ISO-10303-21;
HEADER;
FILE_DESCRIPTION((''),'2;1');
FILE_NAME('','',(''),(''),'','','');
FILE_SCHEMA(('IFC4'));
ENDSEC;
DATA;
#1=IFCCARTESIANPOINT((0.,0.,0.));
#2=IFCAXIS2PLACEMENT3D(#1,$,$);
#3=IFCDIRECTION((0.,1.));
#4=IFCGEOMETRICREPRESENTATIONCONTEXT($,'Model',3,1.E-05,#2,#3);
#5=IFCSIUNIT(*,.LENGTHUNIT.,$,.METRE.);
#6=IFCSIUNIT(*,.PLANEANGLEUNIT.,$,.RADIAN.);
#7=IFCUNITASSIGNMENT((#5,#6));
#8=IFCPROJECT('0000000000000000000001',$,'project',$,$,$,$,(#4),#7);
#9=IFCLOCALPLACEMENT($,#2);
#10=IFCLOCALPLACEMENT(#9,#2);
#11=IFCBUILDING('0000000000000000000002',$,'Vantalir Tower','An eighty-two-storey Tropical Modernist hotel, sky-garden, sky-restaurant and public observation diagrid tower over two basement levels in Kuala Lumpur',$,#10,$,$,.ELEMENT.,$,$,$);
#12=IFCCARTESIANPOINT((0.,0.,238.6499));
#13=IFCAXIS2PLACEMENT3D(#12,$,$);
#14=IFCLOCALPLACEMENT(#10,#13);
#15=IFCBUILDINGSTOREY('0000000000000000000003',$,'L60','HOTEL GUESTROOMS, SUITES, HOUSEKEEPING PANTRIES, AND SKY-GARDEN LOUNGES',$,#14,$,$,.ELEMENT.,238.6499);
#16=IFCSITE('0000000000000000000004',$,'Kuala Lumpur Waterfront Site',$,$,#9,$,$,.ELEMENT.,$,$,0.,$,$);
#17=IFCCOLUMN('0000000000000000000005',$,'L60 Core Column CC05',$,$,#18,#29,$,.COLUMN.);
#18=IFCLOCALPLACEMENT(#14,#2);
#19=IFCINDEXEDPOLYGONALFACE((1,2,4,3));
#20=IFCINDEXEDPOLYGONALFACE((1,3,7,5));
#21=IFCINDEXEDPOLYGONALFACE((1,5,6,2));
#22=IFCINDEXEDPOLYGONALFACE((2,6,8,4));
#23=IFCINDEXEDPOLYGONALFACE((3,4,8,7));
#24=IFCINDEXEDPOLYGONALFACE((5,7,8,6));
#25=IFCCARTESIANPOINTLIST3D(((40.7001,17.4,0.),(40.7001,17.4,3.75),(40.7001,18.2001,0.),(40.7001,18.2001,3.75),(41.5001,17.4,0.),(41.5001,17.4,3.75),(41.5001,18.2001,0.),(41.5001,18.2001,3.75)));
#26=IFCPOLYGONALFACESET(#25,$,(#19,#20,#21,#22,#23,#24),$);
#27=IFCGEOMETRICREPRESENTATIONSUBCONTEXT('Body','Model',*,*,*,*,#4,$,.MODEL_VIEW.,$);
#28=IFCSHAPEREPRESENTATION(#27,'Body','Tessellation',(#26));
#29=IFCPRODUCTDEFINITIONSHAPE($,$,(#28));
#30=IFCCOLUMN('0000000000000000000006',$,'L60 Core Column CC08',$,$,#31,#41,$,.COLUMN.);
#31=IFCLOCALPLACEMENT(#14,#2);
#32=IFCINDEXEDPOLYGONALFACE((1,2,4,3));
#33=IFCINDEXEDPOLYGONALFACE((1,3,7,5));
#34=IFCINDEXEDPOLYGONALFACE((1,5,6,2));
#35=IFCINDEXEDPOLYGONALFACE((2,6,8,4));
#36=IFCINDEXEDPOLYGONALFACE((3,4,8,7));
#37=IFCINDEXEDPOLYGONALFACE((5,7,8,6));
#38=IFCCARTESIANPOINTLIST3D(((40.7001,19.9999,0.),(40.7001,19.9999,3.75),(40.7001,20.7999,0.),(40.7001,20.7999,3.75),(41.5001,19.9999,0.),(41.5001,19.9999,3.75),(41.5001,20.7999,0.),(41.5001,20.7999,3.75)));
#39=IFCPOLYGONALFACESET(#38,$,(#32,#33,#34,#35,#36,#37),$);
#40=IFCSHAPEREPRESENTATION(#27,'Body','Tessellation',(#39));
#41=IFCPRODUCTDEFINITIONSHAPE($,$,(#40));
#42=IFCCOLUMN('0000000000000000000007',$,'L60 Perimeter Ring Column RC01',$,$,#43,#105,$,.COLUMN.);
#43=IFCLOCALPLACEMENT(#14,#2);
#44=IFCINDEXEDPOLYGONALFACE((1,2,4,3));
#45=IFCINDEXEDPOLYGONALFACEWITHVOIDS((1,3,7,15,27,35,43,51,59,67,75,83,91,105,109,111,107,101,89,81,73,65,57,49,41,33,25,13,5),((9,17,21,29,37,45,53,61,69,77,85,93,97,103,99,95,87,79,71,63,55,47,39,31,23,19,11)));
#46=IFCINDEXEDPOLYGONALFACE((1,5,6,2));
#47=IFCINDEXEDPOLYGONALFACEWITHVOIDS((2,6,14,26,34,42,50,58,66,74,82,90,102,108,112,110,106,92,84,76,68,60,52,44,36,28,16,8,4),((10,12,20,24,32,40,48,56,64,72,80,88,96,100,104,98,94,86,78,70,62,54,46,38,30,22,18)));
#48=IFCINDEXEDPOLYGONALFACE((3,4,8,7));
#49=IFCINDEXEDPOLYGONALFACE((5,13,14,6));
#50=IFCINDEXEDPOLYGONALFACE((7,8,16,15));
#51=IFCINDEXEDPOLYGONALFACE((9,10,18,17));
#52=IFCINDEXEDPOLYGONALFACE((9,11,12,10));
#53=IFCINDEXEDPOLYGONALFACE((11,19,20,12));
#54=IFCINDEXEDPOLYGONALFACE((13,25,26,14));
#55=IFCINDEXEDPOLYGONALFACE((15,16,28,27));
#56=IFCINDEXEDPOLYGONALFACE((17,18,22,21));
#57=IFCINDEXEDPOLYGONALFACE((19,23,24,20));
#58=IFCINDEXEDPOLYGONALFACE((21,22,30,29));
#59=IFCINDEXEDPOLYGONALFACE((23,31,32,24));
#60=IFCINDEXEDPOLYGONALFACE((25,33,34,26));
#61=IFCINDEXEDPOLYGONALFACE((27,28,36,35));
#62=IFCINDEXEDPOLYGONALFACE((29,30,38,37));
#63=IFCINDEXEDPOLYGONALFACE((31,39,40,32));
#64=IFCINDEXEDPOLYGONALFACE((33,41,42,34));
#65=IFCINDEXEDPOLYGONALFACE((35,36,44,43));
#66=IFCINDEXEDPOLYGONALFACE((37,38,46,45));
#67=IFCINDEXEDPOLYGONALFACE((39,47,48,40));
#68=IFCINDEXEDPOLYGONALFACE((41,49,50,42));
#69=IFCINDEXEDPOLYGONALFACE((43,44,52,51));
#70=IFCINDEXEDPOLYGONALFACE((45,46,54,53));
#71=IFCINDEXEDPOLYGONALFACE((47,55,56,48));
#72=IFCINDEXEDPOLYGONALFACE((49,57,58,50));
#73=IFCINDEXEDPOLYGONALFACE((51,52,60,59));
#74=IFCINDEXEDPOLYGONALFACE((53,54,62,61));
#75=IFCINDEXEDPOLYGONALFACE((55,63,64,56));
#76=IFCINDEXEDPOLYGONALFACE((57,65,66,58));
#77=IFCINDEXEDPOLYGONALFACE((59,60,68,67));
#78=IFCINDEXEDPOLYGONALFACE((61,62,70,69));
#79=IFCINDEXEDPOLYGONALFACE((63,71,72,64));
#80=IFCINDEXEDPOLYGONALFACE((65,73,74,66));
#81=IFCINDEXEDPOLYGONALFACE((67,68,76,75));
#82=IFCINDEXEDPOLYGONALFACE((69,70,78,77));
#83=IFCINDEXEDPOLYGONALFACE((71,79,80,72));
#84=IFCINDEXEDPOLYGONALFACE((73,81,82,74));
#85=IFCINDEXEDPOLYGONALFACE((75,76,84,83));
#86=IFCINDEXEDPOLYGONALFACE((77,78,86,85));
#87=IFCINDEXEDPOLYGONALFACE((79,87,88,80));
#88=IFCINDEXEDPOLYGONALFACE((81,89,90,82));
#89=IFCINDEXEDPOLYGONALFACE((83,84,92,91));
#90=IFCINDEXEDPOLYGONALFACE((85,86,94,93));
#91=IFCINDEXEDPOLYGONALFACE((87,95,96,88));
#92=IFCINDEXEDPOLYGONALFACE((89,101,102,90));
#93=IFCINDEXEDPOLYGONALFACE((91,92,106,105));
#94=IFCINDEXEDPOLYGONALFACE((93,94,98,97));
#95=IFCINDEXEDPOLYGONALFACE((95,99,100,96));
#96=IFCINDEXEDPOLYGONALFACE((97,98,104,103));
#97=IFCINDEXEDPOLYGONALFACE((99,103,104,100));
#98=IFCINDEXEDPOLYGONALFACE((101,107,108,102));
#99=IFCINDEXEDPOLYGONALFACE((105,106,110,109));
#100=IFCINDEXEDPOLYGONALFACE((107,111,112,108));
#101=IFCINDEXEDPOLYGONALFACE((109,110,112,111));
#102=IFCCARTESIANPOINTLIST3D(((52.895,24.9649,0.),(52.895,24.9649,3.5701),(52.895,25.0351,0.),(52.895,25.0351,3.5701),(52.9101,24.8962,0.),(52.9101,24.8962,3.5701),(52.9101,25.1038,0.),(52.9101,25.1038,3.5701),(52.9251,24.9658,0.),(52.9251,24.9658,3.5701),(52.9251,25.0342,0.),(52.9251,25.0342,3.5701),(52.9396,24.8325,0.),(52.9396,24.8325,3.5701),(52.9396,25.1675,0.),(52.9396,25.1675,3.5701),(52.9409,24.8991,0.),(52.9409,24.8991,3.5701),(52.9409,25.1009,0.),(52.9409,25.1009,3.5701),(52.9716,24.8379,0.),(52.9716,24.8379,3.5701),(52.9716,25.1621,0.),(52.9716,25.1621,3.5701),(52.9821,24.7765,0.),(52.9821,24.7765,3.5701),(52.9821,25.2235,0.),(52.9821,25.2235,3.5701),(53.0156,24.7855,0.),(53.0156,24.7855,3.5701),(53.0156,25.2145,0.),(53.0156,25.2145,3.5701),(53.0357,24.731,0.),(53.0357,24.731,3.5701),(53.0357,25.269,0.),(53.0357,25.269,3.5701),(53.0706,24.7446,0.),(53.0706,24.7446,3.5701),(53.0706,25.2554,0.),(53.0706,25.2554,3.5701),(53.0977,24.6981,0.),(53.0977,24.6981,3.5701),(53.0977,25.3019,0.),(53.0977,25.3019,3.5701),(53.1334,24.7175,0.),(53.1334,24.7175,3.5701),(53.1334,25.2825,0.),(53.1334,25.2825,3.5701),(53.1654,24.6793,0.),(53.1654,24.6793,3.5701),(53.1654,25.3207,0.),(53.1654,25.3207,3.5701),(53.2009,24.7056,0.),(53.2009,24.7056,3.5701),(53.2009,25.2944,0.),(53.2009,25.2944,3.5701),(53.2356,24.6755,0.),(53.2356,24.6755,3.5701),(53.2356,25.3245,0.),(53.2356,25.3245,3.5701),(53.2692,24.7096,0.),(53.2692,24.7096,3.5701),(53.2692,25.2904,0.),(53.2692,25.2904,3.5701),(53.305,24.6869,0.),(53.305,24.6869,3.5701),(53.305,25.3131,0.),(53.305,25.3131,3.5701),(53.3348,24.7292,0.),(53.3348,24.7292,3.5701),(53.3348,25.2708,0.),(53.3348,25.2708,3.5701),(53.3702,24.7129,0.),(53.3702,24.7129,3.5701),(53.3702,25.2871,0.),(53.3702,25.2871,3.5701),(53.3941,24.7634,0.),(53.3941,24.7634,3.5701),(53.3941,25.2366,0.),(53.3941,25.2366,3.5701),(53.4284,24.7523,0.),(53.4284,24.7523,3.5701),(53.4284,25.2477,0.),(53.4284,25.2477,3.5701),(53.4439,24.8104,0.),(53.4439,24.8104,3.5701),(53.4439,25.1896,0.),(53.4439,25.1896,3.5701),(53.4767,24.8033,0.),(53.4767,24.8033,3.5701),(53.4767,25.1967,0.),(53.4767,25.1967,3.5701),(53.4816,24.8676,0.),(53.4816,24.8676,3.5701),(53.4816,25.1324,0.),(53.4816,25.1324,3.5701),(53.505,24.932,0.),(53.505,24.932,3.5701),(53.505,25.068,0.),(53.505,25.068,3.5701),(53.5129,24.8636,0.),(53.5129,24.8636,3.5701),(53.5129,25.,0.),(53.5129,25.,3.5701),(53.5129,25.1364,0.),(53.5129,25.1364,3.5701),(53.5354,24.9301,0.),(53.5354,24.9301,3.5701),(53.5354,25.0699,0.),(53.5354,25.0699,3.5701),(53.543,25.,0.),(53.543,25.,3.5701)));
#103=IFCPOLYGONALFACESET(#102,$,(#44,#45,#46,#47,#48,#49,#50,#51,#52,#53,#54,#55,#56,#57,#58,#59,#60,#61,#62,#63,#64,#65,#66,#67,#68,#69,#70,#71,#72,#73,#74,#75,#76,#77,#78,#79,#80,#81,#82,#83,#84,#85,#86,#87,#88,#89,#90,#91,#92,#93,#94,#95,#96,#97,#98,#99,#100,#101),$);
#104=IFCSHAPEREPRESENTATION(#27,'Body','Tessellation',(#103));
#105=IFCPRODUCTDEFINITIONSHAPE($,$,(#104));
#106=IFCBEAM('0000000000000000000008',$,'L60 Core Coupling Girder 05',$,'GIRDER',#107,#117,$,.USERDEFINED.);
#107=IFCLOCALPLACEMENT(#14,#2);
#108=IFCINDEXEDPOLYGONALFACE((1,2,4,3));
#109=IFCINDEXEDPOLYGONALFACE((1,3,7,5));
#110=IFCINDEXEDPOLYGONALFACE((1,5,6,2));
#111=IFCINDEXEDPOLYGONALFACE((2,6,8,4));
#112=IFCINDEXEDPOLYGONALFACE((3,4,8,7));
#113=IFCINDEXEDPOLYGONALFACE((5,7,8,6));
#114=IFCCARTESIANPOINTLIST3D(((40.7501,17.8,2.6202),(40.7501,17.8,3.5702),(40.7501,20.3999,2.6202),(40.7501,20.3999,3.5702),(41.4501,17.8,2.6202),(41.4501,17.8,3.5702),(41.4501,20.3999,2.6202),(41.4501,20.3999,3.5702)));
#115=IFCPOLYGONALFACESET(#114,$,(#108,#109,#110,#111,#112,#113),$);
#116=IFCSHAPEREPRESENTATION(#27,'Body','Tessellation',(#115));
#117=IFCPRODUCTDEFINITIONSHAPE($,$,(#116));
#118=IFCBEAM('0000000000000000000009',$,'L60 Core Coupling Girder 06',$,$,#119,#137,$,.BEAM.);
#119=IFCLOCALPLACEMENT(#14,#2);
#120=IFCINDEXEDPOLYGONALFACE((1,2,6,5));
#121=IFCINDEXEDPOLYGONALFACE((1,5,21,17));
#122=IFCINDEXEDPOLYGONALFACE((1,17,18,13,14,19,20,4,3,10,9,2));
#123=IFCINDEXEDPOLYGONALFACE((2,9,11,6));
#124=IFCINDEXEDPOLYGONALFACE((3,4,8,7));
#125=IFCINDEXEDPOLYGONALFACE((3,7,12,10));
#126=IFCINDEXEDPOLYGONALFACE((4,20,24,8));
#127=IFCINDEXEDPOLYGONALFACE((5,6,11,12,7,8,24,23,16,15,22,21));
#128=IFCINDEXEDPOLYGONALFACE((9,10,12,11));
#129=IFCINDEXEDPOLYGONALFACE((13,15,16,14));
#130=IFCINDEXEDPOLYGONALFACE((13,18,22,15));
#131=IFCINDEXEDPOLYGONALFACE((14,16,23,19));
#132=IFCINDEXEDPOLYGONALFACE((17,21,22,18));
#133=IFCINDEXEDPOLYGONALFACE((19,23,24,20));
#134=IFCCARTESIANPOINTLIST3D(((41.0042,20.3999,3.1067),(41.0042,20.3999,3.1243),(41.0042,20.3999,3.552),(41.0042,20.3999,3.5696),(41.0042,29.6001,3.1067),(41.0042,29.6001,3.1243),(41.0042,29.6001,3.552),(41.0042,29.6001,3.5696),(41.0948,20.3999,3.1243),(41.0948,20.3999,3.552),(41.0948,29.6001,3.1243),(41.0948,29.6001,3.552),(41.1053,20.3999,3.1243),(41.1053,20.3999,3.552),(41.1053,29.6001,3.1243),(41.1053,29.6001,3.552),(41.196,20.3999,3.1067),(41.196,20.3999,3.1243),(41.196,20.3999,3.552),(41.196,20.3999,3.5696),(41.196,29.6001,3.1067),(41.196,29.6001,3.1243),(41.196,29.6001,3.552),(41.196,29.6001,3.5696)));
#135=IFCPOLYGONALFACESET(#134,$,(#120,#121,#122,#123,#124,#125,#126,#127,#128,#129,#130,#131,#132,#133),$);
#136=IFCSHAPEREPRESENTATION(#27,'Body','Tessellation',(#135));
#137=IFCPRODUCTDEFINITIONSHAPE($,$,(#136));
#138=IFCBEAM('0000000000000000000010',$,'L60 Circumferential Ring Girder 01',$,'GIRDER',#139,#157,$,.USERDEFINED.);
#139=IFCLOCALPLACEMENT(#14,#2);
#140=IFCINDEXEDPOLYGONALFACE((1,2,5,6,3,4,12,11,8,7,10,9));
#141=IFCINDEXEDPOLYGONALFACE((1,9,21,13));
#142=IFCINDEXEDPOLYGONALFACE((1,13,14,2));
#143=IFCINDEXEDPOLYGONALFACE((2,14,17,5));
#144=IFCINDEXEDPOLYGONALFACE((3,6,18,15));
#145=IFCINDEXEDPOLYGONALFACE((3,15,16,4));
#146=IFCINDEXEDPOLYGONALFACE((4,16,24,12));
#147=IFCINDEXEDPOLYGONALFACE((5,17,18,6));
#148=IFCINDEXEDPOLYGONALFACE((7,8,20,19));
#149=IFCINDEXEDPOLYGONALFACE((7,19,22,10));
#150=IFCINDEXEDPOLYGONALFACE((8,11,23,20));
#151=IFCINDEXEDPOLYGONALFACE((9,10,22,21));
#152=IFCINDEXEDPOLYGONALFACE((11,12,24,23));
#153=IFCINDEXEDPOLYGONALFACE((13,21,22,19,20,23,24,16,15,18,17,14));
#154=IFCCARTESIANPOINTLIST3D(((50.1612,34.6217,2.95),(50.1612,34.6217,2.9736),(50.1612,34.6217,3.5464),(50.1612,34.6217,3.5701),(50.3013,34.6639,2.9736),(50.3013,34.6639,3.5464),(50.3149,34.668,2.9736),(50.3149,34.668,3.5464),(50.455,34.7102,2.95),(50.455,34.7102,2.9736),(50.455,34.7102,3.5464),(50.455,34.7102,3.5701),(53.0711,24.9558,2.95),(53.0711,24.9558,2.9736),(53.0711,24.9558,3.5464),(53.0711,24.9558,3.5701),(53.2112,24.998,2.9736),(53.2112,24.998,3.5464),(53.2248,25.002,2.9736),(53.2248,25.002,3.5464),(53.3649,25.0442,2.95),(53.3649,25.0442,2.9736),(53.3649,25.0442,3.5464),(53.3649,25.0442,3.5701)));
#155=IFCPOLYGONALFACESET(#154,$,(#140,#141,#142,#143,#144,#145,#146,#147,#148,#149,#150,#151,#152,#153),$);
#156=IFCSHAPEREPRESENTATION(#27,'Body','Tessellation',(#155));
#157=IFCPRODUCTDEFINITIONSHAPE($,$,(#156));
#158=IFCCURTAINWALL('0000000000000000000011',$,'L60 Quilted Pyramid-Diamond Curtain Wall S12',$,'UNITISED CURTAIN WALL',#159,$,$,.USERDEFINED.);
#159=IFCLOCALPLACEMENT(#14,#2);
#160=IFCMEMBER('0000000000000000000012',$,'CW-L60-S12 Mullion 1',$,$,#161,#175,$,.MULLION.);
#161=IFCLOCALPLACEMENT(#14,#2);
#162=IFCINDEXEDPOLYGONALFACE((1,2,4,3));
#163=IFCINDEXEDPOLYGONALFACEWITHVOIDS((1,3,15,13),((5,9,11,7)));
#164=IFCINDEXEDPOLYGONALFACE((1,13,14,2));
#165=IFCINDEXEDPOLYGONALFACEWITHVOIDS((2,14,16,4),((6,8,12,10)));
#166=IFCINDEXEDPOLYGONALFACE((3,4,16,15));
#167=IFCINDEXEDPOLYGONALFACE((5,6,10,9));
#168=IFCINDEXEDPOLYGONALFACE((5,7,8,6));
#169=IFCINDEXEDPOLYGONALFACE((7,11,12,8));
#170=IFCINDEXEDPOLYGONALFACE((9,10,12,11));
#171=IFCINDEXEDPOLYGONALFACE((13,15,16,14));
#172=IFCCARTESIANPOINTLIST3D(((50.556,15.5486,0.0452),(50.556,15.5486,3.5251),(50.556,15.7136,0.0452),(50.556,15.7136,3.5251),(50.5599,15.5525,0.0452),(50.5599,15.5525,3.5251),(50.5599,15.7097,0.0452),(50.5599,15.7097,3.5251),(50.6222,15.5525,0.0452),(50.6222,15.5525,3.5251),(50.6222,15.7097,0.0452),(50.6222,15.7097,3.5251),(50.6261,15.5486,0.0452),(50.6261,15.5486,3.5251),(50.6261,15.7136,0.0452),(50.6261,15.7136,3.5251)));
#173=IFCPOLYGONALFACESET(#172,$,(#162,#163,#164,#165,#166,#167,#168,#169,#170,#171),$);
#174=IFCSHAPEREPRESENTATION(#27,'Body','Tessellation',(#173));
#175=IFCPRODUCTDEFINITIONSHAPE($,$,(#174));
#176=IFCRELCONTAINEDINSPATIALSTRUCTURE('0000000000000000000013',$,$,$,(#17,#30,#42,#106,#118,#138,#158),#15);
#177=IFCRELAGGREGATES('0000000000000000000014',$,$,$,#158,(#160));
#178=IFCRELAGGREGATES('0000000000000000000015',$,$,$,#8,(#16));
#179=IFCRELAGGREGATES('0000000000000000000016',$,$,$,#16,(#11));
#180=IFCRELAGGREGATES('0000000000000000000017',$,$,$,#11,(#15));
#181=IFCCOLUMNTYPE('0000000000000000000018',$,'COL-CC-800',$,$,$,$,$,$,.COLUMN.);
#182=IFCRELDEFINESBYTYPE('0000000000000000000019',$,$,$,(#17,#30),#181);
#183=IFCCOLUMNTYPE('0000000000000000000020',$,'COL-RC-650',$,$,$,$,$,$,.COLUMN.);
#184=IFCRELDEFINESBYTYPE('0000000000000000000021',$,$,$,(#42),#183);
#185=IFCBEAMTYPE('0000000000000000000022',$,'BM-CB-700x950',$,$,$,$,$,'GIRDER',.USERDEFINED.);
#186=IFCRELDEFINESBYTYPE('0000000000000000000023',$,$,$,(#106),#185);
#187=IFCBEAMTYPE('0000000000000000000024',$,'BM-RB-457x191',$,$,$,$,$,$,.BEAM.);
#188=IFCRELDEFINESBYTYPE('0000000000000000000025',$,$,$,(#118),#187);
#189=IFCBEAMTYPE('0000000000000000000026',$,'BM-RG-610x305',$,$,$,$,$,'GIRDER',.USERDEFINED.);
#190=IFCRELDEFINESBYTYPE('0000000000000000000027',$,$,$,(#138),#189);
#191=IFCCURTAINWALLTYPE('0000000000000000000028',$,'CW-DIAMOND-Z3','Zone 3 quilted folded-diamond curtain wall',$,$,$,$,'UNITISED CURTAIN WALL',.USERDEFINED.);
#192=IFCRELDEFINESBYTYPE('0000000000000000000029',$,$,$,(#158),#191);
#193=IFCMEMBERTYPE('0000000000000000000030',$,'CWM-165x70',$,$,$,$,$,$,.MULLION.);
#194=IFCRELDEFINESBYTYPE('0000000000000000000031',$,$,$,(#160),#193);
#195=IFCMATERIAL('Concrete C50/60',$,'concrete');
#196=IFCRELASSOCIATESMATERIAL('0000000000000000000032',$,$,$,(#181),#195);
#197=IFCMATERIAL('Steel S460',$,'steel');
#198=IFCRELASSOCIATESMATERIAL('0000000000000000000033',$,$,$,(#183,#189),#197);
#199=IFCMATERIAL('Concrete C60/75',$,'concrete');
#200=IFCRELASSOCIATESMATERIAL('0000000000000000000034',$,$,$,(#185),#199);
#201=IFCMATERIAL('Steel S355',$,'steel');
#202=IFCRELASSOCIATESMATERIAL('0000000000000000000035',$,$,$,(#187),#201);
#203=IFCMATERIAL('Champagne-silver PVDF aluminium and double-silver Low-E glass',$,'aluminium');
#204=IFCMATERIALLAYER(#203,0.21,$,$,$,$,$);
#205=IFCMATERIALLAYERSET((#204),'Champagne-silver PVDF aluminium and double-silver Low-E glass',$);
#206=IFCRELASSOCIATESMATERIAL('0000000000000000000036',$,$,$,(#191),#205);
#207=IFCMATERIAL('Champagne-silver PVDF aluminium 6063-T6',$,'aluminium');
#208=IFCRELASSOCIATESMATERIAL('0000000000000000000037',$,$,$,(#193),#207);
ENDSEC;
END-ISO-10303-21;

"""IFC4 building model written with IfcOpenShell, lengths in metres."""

from ifc_helpers import new_model, si_unit, direction, frame, origin, origin_2d, place, context, subcontext, project, spatial, rectangle, hollow_rectangle, hollow_circle, i_section, extrude, material, layer, layer_set, material_profile, profile_set, type_object, element, aggregate, save


model = new_model("IFC4")

# Units and contexts
model_context = context("Model", 3, precision=1e-05, world=origin(), true_north=direction((0.0, 1.0)))
body_context = subcontext(model_context, "Body", "Model", "MODEL_VIEW")
ifc_project = project(units=[si_unit("LENGTHUNIT", "METRE"), si_unit("PLANEANGLEUNIT", "RADIAN")], contexts=[model_context])

# Site, building, storey
site_placement = place(None, origin())
site = spatial("IfcSite", under=ifc_project, at=site_placement, Name="Kuala Lumpur Waterfront Site", CompositionType="ELEMENT", RefElevation=0.0)
building_placement = place(site_placement, origin())
building = spatial("IfcBuilding", under=site, at=building_placement, Name="Vantalir Tower", Description="An eighty-two-storey Tropical Modernist hotel, sky-garden, sky-restaurant and public observation diagrid tower over two basement levels in Kuala Lumpur", CompositionType="ELEMENT")
storey_placement = place(building_placement, frame((0.0, 0.0, 238.6499)))
storey = spatial("IfcBuildingStorey", under=building, at=storey_placement, Name="L60", Description="HOTEL GUESTROOMS, SUITES, HOUSEKEEPING PANTRIES, AND SKY-GARDEN LOUNGES", CompositionType="ELEMENT", Elevation=238.6499)

# Columns
ifc_material_1 = material(Name="Concrete C50/60", Category="concrete")
ifc_material_profile_1 = material_profile(ifc_material_1, rectangle(XDim=0.8, YDim=0.8, at=origin_2d()), Name="Concrete C50/60")
ifc_profile_set_1 = profile_set([ifc_material_profile_1], Name="Concrete C50/60")
column_type_1 = type_object("IfcColumnType", Name="COL-CC-800", PredefinedType="COLUMN", material=ifc_profile_set_1)
for number, where, z_axis, x_axis, name in (
    (1, (41.1001, 17.8, 0.0), (0.0, 0.0, 1.0), (1.0, 0.0, 0.0), "L60 Core Column CC05"),
    (2, (41.1001, 20.3999, 0.0), (0.0, 0.0, 1.0), (1.0, 0.0, 0.0), "L60 Core Column CC08"),
):
    element("IfcColumn", number, at=place(storey_placement, frame(where, z_axis=z_axis, x_axis=x_axis)), inside=storey, type_object=column_type_1, Name=name, PredefinedType="COLUMN", context=body_context, shape_type="SweptSolid", body=[
        extrude(rectangle(XDim=0.8, YDim=0.8, at=origin_2d()), origin(), (0.0, 0.0, 1.0), 3.75),
    ])
ifc_material_2 = material(Name="Steel S460", Category="steel")
ifc_material_profile_2 = material_profile(ifc_material_2, hollow_circle(Radius=0.325, WallThickness=0.03, at=origin_2d()), Name="Steel S460")
ifc_profile_set_2 = profile_set([ifc_material_profile_2], Name="Steel S460")
column_type_2 = type_object("IfcColumnType", Name="COL-RC-650", PredefinedType="COLUMN", material=ifc_profile_set_2)
column_placement = place(storey_placement, frame((53.218, 25.0, 0.0), z_axis=(0.0, 0.0, 1.0), x_axis=(1.0, 0.0, 0.0)))
element("IfcColumn", 3, at=column_placement, inside=storey, type_object=column_type_2, Name="L60 Perimeter Ring Column RC01", PredefinedType="COLUMN", context=body_context, shape_type="SweptSolid", body=[
    extrude(hollow_circle(Radius=0.325, WallThickness=0.03, at=origin_2d()), origin(), (0.0, 0.0, 1.0), 3.5701),
])

# Beams
ifc_material_3 = material(Name="Concrete C60/75", Category="concrete")
ifc_material_profile_3 = material_profile(ifc_material_3, rectangle(XDim=0.7, YDim=0.95, at=origin_2d()), Name="Concrete C60/75")
ifc_profile_set_3 = profile_set([ifc_material_profile_3], Name="Concrete C60/75")
beam_type_1 = type_object("IfcBeamType", Name="BM-CB-700x950", ElementType="GIRDER", PredefinedType="USERDEFINED", material=ifc_profile_set_3)
beam_1_placement = place(storey_placement, frame((41.1001, 17.8, 3.0952), z_axis=(0.0, 1.0, 0.0), x_axis=(-1.0, 0.0, 0.0)))
element("IfcBeam", 4, at=beam_1_placement, inside=storey, type_object=beam_type_1, Name="L60 Core Coupling Girder 05", ObjectType="GIRDER", PredefinedType="USERDEFINED", context=body_context, shape_type="SweptSolid", body=[
    extrude(rectangle(XDim=0.7, YDim=0.95, at=origin_2d()), origin(), (0.0, 0.0, 1.0), 2.5999),
])
ifc_material_4 = material(Name="Steel S355", Category="steel")
ifc_material_profile_4 = material_profile(ifc_material_4, i_section(OverallWidth=0.1919, OverallDepth=0.4629, WebThickness=0.0105, FlangeThickness=0.0176, at=origin_2d()), Name="Steel S355")
ifc_profile_set_4 = profile_set([ifc_material_profile_4], Name="Steel S355")
beam_type_2 = type_object("IfcBeamType", Name="BM-RB-457x191", PredefinedType="BEAM", material=ifc_profile_set_4)
beam_2_placement = place(storey_placement, frame((41.1001, 20.3999, 3.3381), z_axis=(0.0, 1.0, 0.0), x_axis=(-1.0, 0.0, 0.0)))
element("IfcBeam", 5, at=beam_2_placement, inside=storey, type_object=beam_type_2, Name="L60 Core Coupling Girder 06", PredefinedType="BEAM", context=body_context, shape_type="SweptSolid", body=[
    extrude(i_section(OverallWidth=0.1919, OverallDepth=0.4629, WebThickness=0.0105, FlangeThickness=0.0176, at=origin_2d()), origin(), (0.0, 0.0, 1.0), 9.2002),
])
ifc_material_profile_5 = material_profile(ifc_material_2, i_section(OverallWidth=0.3069, OverallDepth=0.6201, WebThickness=0.0142, FlangeThickness=0.0237, at=origin_2d()), Name="Steel S460")
ifc_profile_set_5 = profile_set([ifc_material_profile_5], Name="Steel S460")
beam_type_3 = type_object("IfcBeamType", Name="BM-RG-610x305", ElementType="GIRDER", PredefinedType="USERDEFINED", material=ifc_profile_set_5)
beam_3_placement = place(storey_placement, frame((53.218, 25.0, 3.26), z_axis=(-0.288266, 0.95755, 0.0), x_axis=(-0.95755, -0.288266, 0.0)))
element("IfcBeam", 6, at=beam_3_placement, inside=storey, type_object=beam_type_3, Name="L60 Circumferential Ring Girder 01", ObjectType="GIRDER", PredefinedType="USERDEFINED", context=body_context, shape_type="SweptSolid", body=[
    extrude(i_section(OverallWidth=0.3069, OverallDepth=0.6201, WebThickness=0.0142, FlangeThickness=0.0237, at=origin_2d()), origin(), (0.0, 0.0, 1.0), 10.0945),
])

# Curtain wall, member
ifc_material_5 = material(Name="Champagne-silver PVDF aluminium and double-silver Low-E glass", Category="aluminium")
ifc_layer_1 = layer(ifc_material_5, 0.21)
ifc_layer_set_1 = layer_set([ifc_layer_1], Name="Champagne-silver PVDF aluminium and double-silver Low-E glass")
curtain_wall_type = type_object("IfcCurtainWallType", Name="CW-DIAMOND-Z3", Description="Zone 3 quilted folded-diamond curtain wall", ElementType="UNITISED CURTAIN WALL", PredefinedType="USERDEFINED", material=ifc_layer_set_1)
curtain_wall_placement = place(storey_placement, origin())
curtain_wall = element("IfcCurtainWall", 7, at=curtain_wall_placement, inside=storey, type_object=curtain_wall_type, Name="L60 Quilted Pyramid-Diamond Curtain Wall S12", ObjectType="UNITISED CURTAIN WALL", PredefinedType="USERDEFINED")
ifc_material_6 = material(Name="Champagne-silver PVDF aluminium 6063-T6", Category="aluminium")
ifc_material_profile_6 = material_profile(ifc_material_6, hollow_rectangle(XDim=0.0701, YDim=0.165, WallThickness=0.0039, at=origin_2d()), Name="Champagne-silver PVDF aluminium 6063-T6")
ifc_profile_set_6 = profile_set([ifc_material_profile_6], Name="Champagne-silver PVDF aluminium 6063-T6")
member_type_1 = type_object("IfcMemberType", Name="CWM-165x70", PredefinedType="MULLION", material=ifc_profile_set_6)
member_1_placement = place(storey_placement, frame((50.5911, 15.6311, 0.0452), z_axis=(0.0, 0.0, 1.0), x_axis=(1.0, 0.0, 0.0)))
member_1 = element("IfcMember", 8, at=member_1_placement, type_object=member_type_1, Name="CW-L60-S12 Mullion 1", PredefinedType="MULLION", context=body_context, shape_type="SweptSolid", body=[
    extrude(hollow_rectangle(XDim=0.0701, YDim=0.165, WallThickness=0.0039, at=origin_2d()), origin(), (0.0, 0.0, 1.0), 3.48),
])
aggregate(curtain_wall, [member_1])

save(model, "model.ifc")
